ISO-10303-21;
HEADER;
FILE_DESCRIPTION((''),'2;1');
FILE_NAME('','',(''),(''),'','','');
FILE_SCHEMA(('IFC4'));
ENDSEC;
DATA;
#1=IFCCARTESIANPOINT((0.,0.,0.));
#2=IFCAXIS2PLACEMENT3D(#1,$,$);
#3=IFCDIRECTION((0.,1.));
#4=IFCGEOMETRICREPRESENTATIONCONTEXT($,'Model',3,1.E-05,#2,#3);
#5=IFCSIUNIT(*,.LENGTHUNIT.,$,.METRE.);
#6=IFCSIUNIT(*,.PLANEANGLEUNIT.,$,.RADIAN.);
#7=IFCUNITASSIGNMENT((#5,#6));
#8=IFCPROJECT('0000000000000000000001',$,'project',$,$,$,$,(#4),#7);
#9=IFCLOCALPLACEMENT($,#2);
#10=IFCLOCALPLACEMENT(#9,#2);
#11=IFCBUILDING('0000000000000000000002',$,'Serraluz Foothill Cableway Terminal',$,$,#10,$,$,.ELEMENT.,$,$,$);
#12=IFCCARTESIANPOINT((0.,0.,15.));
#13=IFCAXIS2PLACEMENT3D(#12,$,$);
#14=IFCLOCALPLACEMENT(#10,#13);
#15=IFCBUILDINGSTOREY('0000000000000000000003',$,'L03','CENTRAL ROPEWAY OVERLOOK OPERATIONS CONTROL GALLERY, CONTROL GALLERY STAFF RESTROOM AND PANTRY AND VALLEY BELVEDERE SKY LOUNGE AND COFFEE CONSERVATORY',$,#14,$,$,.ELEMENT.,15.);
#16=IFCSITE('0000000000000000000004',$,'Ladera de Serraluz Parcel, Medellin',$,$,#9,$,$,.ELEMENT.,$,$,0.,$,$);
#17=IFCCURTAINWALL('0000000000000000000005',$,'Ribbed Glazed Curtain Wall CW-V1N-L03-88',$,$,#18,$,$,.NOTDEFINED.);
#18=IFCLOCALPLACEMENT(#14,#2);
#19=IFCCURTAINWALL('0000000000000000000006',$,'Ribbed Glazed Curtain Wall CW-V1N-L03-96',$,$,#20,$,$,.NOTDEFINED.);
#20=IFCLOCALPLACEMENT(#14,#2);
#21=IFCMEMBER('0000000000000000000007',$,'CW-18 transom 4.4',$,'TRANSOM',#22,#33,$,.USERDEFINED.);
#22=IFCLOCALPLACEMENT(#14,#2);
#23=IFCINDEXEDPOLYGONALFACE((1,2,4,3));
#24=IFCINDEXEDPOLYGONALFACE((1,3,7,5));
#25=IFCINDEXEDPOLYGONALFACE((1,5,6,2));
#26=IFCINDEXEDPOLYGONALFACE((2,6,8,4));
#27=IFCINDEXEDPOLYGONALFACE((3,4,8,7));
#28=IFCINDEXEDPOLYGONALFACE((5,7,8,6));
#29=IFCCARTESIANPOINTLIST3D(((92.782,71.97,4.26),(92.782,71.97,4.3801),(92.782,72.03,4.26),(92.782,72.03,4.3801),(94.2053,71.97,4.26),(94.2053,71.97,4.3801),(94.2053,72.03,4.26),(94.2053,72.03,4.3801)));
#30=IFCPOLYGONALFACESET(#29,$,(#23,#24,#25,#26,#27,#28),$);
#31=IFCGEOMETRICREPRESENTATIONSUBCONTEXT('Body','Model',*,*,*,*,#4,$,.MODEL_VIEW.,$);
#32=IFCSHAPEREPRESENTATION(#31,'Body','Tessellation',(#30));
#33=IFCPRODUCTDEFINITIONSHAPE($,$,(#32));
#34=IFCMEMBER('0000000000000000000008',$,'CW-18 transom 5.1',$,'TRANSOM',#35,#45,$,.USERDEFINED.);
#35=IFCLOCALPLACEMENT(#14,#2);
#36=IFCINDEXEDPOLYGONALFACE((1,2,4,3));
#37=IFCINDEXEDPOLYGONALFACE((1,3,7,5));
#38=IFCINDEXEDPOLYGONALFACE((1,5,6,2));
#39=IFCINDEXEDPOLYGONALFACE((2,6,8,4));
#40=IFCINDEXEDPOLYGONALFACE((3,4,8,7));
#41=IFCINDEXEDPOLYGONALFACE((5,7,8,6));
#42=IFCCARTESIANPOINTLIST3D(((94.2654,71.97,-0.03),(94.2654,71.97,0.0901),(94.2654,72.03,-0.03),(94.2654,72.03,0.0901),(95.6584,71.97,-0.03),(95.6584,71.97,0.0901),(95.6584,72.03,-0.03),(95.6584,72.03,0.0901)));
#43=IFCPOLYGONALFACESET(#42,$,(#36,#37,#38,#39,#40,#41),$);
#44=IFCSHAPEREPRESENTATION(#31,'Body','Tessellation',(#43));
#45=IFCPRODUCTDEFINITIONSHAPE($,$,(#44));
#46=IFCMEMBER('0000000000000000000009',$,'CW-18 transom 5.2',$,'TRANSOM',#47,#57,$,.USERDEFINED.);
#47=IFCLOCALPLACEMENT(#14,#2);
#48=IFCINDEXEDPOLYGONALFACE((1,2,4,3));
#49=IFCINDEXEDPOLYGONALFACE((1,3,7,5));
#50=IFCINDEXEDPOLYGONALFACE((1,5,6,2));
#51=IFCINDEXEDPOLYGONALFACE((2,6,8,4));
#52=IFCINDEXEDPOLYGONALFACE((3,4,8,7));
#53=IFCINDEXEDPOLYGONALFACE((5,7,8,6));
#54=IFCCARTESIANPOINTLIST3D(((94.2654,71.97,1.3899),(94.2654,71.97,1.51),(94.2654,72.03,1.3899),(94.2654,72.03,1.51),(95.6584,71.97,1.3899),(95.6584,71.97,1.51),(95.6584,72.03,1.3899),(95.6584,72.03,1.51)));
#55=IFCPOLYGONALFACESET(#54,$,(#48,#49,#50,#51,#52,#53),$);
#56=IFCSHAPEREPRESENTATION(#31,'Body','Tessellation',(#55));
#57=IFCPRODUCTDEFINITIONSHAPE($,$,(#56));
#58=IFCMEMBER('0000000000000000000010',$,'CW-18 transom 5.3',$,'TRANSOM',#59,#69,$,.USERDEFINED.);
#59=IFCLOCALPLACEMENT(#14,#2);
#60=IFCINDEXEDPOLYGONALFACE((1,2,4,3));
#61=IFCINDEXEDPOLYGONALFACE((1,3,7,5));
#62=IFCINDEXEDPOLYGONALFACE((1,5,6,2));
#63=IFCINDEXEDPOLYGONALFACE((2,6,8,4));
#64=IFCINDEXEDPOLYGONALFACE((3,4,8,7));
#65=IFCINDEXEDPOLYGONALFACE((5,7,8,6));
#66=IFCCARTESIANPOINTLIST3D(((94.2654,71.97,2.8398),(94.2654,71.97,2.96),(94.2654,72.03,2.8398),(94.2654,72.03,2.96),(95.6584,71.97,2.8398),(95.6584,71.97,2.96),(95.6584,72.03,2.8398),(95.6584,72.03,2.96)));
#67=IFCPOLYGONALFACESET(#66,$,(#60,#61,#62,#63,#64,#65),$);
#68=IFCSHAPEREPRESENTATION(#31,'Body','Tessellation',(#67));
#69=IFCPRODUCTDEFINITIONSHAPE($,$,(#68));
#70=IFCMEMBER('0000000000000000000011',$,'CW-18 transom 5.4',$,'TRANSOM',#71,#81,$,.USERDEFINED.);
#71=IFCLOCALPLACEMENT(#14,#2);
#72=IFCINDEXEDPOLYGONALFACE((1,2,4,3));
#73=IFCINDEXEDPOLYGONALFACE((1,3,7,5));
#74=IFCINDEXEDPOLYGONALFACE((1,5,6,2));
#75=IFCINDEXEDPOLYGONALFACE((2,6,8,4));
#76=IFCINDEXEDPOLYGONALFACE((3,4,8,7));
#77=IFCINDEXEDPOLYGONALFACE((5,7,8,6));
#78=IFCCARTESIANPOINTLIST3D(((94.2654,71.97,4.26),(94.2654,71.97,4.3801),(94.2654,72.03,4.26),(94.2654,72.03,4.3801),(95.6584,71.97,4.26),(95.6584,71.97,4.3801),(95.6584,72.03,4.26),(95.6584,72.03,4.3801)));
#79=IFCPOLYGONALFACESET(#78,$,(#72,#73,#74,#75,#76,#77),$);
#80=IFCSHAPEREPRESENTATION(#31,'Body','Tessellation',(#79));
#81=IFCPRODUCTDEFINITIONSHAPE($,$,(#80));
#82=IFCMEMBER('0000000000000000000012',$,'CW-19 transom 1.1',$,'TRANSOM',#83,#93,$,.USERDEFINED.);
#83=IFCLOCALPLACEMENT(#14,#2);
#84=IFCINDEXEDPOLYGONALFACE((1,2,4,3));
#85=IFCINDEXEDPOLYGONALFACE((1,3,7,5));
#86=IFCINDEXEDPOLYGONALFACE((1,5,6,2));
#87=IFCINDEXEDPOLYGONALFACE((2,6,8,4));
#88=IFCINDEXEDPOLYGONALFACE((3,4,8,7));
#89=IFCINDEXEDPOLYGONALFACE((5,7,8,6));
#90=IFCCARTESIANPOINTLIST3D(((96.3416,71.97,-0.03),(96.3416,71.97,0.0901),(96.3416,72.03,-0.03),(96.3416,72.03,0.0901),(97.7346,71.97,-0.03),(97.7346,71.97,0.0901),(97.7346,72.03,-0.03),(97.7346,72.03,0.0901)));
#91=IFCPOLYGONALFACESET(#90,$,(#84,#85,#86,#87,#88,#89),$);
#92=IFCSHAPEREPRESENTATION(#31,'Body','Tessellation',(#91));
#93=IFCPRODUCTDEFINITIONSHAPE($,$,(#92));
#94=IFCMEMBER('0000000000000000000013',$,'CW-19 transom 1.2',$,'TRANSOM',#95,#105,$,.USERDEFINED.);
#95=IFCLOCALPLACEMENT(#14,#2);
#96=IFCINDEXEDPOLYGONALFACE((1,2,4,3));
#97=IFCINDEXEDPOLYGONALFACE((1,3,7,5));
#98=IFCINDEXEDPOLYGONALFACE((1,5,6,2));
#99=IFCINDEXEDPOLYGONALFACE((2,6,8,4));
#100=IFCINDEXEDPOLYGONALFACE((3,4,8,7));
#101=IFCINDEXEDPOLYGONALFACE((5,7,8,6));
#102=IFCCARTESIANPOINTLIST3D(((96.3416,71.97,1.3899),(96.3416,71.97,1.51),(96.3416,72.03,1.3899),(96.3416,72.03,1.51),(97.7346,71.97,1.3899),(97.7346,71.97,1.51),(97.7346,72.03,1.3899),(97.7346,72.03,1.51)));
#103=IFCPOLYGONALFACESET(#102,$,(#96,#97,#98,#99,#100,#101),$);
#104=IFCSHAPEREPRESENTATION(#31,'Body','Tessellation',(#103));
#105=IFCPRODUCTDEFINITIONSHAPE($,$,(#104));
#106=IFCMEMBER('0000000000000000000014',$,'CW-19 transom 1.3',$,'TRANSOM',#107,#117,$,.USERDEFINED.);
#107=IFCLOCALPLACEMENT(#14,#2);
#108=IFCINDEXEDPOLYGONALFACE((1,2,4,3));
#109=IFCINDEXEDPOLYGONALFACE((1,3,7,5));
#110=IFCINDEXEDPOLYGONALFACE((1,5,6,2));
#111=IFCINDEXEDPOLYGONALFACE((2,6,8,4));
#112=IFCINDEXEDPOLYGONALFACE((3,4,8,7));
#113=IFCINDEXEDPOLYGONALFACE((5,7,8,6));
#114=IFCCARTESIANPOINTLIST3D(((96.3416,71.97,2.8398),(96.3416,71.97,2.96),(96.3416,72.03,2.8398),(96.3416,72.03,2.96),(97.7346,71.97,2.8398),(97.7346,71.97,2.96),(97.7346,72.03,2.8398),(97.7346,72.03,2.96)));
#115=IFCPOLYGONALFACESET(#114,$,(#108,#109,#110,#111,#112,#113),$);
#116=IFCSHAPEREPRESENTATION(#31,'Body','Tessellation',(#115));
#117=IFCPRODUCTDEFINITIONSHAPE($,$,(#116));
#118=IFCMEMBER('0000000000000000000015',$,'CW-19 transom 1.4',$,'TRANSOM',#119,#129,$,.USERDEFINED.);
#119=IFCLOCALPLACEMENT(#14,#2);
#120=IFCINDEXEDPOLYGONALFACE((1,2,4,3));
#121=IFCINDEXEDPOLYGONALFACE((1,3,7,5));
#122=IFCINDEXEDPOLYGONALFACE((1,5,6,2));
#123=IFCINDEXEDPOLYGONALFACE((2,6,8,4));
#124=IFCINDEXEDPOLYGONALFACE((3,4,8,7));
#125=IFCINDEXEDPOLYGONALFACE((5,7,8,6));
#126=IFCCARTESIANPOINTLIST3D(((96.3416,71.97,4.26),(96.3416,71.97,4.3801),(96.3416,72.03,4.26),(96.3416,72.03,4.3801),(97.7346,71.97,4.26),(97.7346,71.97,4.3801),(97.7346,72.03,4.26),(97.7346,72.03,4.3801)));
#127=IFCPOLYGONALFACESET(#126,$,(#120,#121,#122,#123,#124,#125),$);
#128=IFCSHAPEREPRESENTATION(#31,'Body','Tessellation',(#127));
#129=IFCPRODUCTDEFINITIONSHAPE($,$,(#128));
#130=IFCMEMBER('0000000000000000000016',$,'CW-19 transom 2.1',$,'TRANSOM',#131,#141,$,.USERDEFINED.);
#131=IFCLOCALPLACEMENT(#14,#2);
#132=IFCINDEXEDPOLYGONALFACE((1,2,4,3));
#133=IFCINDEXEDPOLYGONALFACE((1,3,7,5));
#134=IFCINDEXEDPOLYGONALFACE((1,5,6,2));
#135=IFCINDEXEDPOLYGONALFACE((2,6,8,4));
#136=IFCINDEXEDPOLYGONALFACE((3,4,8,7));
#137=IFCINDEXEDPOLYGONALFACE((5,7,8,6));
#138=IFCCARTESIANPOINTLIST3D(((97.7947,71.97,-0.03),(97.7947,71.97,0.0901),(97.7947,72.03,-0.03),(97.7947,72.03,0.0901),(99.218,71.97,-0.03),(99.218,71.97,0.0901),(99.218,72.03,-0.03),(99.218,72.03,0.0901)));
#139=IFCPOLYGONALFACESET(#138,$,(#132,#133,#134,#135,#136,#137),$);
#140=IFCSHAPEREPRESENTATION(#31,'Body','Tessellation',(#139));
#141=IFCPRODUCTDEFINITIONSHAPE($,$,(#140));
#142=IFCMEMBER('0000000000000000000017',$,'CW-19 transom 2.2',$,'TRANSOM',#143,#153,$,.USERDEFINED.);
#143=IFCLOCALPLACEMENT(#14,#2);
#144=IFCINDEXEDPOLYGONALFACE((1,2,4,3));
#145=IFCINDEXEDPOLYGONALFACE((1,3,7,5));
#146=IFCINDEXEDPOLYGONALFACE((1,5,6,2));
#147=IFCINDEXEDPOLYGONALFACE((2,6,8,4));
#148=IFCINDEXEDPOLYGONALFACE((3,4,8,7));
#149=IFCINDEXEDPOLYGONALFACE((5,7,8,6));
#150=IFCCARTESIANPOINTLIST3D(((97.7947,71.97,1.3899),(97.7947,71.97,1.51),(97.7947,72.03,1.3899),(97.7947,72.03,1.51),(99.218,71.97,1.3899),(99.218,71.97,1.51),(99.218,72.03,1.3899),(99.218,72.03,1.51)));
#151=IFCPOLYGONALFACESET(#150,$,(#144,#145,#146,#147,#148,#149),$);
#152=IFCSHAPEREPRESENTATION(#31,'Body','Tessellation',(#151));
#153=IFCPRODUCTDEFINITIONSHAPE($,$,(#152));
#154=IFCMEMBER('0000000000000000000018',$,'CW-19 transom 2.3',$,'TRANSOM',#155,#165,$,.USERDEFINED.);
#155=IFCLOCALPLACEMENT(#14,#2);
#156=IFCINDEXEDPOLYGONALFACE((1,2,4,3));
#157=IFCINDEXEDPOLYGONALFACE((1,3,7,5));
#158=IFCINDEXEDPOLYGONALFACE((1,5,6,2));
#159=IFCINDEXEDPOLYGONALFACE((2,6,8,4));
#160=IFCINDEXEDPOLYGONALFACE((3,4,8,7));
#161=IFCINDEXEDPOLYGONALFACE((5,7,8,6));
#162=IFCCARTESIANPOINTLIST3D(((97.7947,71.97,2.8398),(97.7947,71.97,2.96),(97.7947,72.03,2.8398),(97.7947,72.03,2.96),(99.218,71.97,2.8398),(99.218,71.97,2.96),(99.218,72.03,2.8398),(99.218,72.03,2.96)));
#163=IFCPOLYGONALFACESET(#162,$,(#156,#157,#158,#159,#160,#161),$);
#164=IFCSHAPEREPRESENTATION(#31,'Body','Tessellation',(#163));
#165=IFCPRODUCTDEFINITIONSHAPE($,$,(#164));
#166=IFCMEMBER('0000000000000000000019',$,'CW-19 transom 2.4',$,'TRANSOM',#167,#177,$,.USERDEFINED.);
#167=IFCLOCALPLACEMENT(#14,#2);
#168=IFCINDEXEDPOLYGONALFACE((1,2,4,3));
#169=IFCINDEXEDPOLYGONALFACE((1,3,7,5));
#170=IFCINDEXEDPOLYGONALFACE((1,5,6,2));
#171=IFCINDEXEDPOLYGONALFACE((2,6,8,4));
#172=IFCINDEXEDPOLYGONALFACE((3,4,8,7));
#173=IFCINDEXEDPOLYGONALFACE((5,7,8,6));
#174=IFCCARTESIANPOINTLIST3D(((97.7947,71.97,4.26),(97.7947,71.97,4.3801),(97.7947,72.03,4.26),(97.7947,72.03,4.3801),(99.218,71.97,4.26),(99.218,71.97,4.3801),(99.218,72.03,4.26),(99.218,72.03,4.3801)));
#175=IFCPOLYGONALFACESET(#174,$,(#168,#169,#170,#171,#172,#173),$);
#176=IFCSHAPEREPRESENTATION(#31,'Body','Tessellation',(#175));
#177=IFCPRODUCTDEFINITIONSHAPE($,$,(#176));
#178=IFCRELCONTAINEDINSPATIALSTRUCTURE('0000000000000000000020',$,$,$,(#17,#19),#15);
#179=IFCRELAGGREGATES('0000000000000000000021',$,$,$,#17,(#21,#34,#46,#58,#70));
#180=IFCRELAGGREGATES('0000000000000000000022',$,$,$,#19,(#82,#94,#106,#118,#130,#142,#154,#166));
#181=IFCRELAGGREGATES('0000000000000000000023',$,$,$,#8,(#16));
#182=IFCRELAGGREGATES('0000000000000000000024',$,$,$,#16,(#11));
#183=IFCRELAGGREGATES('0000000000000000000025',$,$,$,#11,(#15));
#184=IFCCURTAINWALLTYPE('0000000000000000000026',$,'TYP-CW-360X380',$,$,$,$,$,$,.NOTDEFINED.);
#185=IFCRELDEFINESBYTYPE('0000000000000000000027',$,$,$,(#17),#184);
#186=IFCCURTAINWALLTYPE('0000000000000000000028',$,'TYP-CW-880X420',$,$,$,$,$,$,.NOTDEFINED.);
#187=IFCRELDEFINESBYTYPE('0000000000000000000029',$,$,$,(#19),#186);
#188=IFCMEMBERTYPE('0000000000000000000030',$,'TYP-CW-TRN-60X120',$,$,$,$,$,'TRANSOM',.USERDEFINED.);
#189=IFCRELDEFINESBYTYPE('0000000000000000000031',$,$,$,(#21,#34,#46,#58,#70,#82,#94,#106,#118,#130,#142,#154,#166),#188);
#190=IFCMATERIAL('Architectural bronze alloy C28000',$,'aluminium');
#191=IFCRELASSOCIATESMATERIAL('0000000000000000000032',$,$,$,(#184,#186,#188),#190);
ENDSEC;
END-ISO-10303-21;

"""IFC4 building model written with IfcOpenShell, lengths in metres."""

from ifc_helpers import new_model, si_unit, direction, frame, origin, origin_2d, place, context, subcontext, project, spatial, rectangle, extrude, material, material_profile, profile_set, type_object, element, aggregate, save


model = new_model("IFC4")

# Units and contexts
model_context = context("Model", 3, precision=1e-05, world=origin(), true_north=direction((0.0, 1.0)))
body_context = subcontext(model_context, "Body", "Model", "MODEL_VIEW")
ifc_project = project(units=[si_unit("LENGTHUNIT", "METRE"), si_unit("PLANEANGLEUNIT", "RADIAN")], contexts=[model_context])

# Site, building, storey
site_placement = place(None, origin())
site = spatial("IfcSite", under=ifc_project, at=site_placement, Name="Ladera de Serraluz Parcel, Medellin", CompositionType="ELEMENT", RefElevation=0.0)
building_placement = place(site_placement, origin())
building = spatial("IfcBuilding", under=site, at=building_placement, Name="Serraluz Foothill Cableway Terminal", CompositionType="ELEMENT")
storey_placement = place(building_placement, frame((0.0, 0.0, 15.0)))
storey = spatial("IfcBuildingStorey", under=building, at=storey_placement, Name="L03", Description="CENTRAL ROPEWAY OVERLOOK OPERATIONS CONTROL GALLERY, CONTROL GALLERY STAFF RESTROOM AND PANTRY AND VALLEY BELVEDERE SKY LOUNGE AND COFFEE CONSERVATORY", CompositionType="ELEMENT", Elevation=15.0)

# Curtain walls
ifc_material_1 = material(Name="Architectural bronze alloy C28000", Category="aluminium")
curtain_wall_type_1 = type_object("IfcCurtainWallType", Name="TYP-CW-360X380", PredefinedType="NOTDEFINED", material=ifc_material_1)
curtain_wall_1_placement = place(storey_placement, origin())
curtain_wall_1 = element("IfcCurtainWall", 1, at=curtain_wall_1_placement, inside=storey, type_object=curtain_wall_type_1, Name="Ribbed Glazed Curtain Wall CW-V1N-L03-88", PredefinedType="NOTDEFINED")
curtain_wall_type_2 = type_object("IfcCurtainWallType", Name="TYP-CW-880X420", PredefinedType="NOTDEFINED", material=ifc_material_1)
curtain_wall_2_placement = place(storey_placement, origin())
curtain_wall_2 = element("IfcCurtainWall", 2, at=curtain_wall_2_placement, inside=storey, type_object=curtain_wall_type_2, Name="Ribbed Glazed Curtain Wall CW-V1N-L03-96", PredefinedType="NOTDEFINED")

# Members
ifc_material_profile_1 = material_profile(ifc_material_1, rectangle(XDim=0.0601, YDim=0.1201, at=origin_2d()), Name="ALU TRANSOM 60x120")
ifc_profile_set_1 = profile_set([ifc_material_profile_1], Name="Architectural bronze alloy C28000")
member_type_1 = type_object("IfcMemberType", Name="TYP-CW-TRN-60X120", ElementType="TRANSOM", PredefinedType="USERDEFINED", material=ifc_profile_set_1)
member_1_placement = place(storey_placement, frame((92.782, 72.0, 4.3201), z_axis=(1.0, 0.0, 0.0), x_axis=(0.0, 1.0, 0.0)))
member_1 = element("IfcMember", 3, at=member_1_placement, type_object=member_type_1, Name="CW-18 transom 4.4", ObjectType="TRANSOM", PredefinedType="USERDEFINED", context=body_context, shape_type="SweptSolid", body=[
    extrude(rectangle(XDim=0.0601, YDim=0.1201, at=origin_2d()), origin(), (0.0, 0.0, 1.0), 1.4233),
])
member_2_placement = place(storey_placement, frame((94.2654, 72.0, 0.03), z_axis=(1.0, 0.0, 0.0), x_axis=(0.0, 1.0, 0.0)))
member_2 = element("IfcMember", 4, at=member_2_placement, type_object=member_type_1, Name="CW-18 transom 5.1", ObjectType="TRANSOM", PredefinedType="USERDEFINED", context=body_context, shape_type="SweptSolid", body=[
    extrude(rectangle(XDim=0.0601, YDim=0.1201, at=origin_2d()), origin(), (0.0, 0.0, 1.0), 1.3931),
])
member_3_placement = place(storey_placement, frame((94.2654, 72.0, 1.45), z_axis=(1.0, 0.0, 0.0), x_axis=(0.0, 1.0, 0.0)))
member_3 = element("IfcMember", 5, at=member_3_placement, type_object=member_type_1, Name="CW-18 transom 5.2", ObjectType="TRANSOM", PredefinedType="USERDEFINED", context=body_context, shape_type="SweptSolid", body=[
    extrude(rectangle(XDim=0.0601, YDim=0.1201, at=origin_2d()), origin(), (0.0, 0.0, 1.0), 1.3931),
])
member_4_placement = place(storey_placement, frame((94.2654, 72.0, 2.8999), z_axis=(1.0, 0.0, 0.0), x_axis=(0.0, 1.0, 0.0)))
member_4 = element("IfcMember", 6, at=member_4_placement, type_object=member_type_1, Name="CW-18 transom 5.3", ObjectType="TRANSOM", PredefinedType="USERDEFINED", context=body_context, shape_type="SweptSolid", body=[
    extrude(rectangle(XDim=0.0601, YDim=0.1201, at=origin_2d()), origin(), (0.0, 0.0, 1.0), 1.3931),
])
member_5_placement = place(storey_placement, frame((94.2654, 72.0, 4.3201), z_axis=(1.0, 0.0, 0.0), x_axis=(0.0, 1.0, 0.0)))
member_5 = element("IfcMember", 7, at=member_5_placement, type_object=member_type_1, Name="CW-18 transom 5.4", ObjectType="TRANSOM", PredefinedType="USERDEFINED", context=body_context, shape_type="SweptSolid", body=[
    extrude(rectangle(XDim=0.0601, YDim=0.1201, at=origin_2d()), origin(), (0.0, 0.0, 1.0), 1.3931),
])
member_6_placement = place(storey_placement, frame((96.3416, 72.0, 0.03), z_axis=(1.0, 0.0, 0.0), x_axis=(0.0, 1.0, 0.0)))
member_6 = element("IfcMember", 8, at=member_6_placement, type_object=member_type_1, Name="CW-19 transom 1.1", ObjectType="TRANSOM", PredefinedType="USERDEFINED", context=body_context, shape_type="SweptSolid", body=[
    extrude(rectangle(XDim=0.0601, YDim=0.1201, at=origin_2d()), origin(), (0.0, 0.0, 1.0), 1.3931),
])
member_7_placement = place(storey_placement, frame((96.3416, 72.0, 1.45), z_axis=(1.0, 0.0, 0.0), x_axis=(0.0, 1.0, 0.0)))
member_7 = element("IfcMember", 9, at=member_7_placement, type_object=member_type_1, Name="CW-19 transom 1.2", ObjectType="TRANSOM", PredefinedType="USERDEFINED", context=body_context, shape_type="SweptSolid", body=[
    extrude(rectangle(XDim=0.0601, YDim=0.1201, at=origin_2d()), origin(), (0.0, 0.0, 1.0), 1.3931),
])
member_8_placement = place(storey_placement, frame((96.3416, 72.0, 2.8999), z_axis=(1.0, 0.0, 0.0), x_axis=(0.0, 1.0, 0.0)))
member_8 = element("IfcMember", 10, at=member_8_placement, type_object=member_type_1, Name="CW-19 transom 1.3", ObjectType="TRANSOM", PredefinedType="USERDEFINED", context=body_context, shape_type="SweptSolid", body=[
    extrude(rectangle(XDim=0.0601, YDim=0.1201, at=origin_2d()), origin(), (0.0, 0.0, 1.0), 1.3931),
])
member_9_placement = place(storey_placement, frame((96.3416, 72.0, 4.3201), z_axis=(1.0, 0.0, 0.0), x_axis=(0.0, 1.0, 0.0)))
member_9 = element("IfcMember", 11, at=member_9_placement, type_object=member_type_1, Name="CW-19 transom 1.4", ObjectType="TRANSOM", PredefinedType="USERDEFINED", context=body_context, shape_type="SweptSolid", body=[
    extrude(rectangle(XDim=0.0601, YDim=0.1201, at=origin_2d()), origin(), (0.0, 0.0, 1.0), 1.3931),
])
member_10_placement = place(storey_placement, frame((97.7947, 72.0, 0.03), z_axis=(1.0, 0.0, 0.0), x_axis=(0.0, 1.0, 0.0)))
member_10 = element("IfcMember", 12, at=member_10_placement, type_object=member_type_1, Name="CW-19 transom 2.1", ObjectType="TRANSOM", PredefinedType="USERDEFINED", context=body_context, shape_type="SweptSolid", body=[
    extrude(rectangle(XDim=0.0601, YDim=0.1201, at=origin_2d()), origin(), (0.0, 0.0, 1.0), 1.4233),
])
member_11_placement = place(storey_placement, frame((97.7947, 72.0, 1.45), z_axis=(1.0, 0.0, 0.0), x_axis=(0.0, 1.0, 0.0)))
member_11 = element("IfcMember", 13, at=member_11_placement, type_object=member_type_1, Name="CW-19 transom 2.2", ObjectType="TRANSOM", PredefinedType="USERDEFINED", context=body_context, shape_type="SweptSolid", body=[
    extrude(rectangle(XDim=0.0601, YDim=0.1201, at=origin_2d()), origin(), (0.0, 0.0, 1.0), 1.4233),
])
member_12_placement = place(storey_placement, frame((97.7947, 72.0, 2.8999), z_axis=(1.0, 0.0, 0.0), x_axis=(0.0, 1.0, 0.0)))
member_12 = element("IfcMember", 14, at=member_12_placement, type_object=member_type_1, Name="CW-19 transom 2.3", ObjectType="TRANSOM", PredefinedType="USERDEFINED", context=body_context, shape_type="SweptSolid", body=[
    extrude(rectangle(XDim=0.0601, YDim=0.1201, at=origin_2d()), origin(), (0.0, 0.0, 1.0), 1.4233),
])
member_13_placement = place(storey_placement, frame((97.7947, 72.0, 4.3201), z_axis=(1.0, 0.0, 0.0), x_axis=(0.0, 1.0, 0.0)))
member_13 = element("IfcMember", 15, at=member_13_placement, type_object=member_type_1, Name="CW-19 transom 2.4", ObjectType="TRANSOM", PredefinedType="USERDEFINED", context=body_context, shape_type="SweptSolid", body=[
    extrude(rectangle(XDim=0.0601, YDim=0.1201, at=origin_2d()), origin(), (0.0, 0.0, 1.0), 1.4233),
])

aggregate(curtain_wall_1, [member_1, member_2, member_3, member_4, member_5])
aggregate(curtain_wall_2, [member_6, member_7, member_8, member_9, member_10, member_11, member_12, member_13])

save(model, "model.ifc")
